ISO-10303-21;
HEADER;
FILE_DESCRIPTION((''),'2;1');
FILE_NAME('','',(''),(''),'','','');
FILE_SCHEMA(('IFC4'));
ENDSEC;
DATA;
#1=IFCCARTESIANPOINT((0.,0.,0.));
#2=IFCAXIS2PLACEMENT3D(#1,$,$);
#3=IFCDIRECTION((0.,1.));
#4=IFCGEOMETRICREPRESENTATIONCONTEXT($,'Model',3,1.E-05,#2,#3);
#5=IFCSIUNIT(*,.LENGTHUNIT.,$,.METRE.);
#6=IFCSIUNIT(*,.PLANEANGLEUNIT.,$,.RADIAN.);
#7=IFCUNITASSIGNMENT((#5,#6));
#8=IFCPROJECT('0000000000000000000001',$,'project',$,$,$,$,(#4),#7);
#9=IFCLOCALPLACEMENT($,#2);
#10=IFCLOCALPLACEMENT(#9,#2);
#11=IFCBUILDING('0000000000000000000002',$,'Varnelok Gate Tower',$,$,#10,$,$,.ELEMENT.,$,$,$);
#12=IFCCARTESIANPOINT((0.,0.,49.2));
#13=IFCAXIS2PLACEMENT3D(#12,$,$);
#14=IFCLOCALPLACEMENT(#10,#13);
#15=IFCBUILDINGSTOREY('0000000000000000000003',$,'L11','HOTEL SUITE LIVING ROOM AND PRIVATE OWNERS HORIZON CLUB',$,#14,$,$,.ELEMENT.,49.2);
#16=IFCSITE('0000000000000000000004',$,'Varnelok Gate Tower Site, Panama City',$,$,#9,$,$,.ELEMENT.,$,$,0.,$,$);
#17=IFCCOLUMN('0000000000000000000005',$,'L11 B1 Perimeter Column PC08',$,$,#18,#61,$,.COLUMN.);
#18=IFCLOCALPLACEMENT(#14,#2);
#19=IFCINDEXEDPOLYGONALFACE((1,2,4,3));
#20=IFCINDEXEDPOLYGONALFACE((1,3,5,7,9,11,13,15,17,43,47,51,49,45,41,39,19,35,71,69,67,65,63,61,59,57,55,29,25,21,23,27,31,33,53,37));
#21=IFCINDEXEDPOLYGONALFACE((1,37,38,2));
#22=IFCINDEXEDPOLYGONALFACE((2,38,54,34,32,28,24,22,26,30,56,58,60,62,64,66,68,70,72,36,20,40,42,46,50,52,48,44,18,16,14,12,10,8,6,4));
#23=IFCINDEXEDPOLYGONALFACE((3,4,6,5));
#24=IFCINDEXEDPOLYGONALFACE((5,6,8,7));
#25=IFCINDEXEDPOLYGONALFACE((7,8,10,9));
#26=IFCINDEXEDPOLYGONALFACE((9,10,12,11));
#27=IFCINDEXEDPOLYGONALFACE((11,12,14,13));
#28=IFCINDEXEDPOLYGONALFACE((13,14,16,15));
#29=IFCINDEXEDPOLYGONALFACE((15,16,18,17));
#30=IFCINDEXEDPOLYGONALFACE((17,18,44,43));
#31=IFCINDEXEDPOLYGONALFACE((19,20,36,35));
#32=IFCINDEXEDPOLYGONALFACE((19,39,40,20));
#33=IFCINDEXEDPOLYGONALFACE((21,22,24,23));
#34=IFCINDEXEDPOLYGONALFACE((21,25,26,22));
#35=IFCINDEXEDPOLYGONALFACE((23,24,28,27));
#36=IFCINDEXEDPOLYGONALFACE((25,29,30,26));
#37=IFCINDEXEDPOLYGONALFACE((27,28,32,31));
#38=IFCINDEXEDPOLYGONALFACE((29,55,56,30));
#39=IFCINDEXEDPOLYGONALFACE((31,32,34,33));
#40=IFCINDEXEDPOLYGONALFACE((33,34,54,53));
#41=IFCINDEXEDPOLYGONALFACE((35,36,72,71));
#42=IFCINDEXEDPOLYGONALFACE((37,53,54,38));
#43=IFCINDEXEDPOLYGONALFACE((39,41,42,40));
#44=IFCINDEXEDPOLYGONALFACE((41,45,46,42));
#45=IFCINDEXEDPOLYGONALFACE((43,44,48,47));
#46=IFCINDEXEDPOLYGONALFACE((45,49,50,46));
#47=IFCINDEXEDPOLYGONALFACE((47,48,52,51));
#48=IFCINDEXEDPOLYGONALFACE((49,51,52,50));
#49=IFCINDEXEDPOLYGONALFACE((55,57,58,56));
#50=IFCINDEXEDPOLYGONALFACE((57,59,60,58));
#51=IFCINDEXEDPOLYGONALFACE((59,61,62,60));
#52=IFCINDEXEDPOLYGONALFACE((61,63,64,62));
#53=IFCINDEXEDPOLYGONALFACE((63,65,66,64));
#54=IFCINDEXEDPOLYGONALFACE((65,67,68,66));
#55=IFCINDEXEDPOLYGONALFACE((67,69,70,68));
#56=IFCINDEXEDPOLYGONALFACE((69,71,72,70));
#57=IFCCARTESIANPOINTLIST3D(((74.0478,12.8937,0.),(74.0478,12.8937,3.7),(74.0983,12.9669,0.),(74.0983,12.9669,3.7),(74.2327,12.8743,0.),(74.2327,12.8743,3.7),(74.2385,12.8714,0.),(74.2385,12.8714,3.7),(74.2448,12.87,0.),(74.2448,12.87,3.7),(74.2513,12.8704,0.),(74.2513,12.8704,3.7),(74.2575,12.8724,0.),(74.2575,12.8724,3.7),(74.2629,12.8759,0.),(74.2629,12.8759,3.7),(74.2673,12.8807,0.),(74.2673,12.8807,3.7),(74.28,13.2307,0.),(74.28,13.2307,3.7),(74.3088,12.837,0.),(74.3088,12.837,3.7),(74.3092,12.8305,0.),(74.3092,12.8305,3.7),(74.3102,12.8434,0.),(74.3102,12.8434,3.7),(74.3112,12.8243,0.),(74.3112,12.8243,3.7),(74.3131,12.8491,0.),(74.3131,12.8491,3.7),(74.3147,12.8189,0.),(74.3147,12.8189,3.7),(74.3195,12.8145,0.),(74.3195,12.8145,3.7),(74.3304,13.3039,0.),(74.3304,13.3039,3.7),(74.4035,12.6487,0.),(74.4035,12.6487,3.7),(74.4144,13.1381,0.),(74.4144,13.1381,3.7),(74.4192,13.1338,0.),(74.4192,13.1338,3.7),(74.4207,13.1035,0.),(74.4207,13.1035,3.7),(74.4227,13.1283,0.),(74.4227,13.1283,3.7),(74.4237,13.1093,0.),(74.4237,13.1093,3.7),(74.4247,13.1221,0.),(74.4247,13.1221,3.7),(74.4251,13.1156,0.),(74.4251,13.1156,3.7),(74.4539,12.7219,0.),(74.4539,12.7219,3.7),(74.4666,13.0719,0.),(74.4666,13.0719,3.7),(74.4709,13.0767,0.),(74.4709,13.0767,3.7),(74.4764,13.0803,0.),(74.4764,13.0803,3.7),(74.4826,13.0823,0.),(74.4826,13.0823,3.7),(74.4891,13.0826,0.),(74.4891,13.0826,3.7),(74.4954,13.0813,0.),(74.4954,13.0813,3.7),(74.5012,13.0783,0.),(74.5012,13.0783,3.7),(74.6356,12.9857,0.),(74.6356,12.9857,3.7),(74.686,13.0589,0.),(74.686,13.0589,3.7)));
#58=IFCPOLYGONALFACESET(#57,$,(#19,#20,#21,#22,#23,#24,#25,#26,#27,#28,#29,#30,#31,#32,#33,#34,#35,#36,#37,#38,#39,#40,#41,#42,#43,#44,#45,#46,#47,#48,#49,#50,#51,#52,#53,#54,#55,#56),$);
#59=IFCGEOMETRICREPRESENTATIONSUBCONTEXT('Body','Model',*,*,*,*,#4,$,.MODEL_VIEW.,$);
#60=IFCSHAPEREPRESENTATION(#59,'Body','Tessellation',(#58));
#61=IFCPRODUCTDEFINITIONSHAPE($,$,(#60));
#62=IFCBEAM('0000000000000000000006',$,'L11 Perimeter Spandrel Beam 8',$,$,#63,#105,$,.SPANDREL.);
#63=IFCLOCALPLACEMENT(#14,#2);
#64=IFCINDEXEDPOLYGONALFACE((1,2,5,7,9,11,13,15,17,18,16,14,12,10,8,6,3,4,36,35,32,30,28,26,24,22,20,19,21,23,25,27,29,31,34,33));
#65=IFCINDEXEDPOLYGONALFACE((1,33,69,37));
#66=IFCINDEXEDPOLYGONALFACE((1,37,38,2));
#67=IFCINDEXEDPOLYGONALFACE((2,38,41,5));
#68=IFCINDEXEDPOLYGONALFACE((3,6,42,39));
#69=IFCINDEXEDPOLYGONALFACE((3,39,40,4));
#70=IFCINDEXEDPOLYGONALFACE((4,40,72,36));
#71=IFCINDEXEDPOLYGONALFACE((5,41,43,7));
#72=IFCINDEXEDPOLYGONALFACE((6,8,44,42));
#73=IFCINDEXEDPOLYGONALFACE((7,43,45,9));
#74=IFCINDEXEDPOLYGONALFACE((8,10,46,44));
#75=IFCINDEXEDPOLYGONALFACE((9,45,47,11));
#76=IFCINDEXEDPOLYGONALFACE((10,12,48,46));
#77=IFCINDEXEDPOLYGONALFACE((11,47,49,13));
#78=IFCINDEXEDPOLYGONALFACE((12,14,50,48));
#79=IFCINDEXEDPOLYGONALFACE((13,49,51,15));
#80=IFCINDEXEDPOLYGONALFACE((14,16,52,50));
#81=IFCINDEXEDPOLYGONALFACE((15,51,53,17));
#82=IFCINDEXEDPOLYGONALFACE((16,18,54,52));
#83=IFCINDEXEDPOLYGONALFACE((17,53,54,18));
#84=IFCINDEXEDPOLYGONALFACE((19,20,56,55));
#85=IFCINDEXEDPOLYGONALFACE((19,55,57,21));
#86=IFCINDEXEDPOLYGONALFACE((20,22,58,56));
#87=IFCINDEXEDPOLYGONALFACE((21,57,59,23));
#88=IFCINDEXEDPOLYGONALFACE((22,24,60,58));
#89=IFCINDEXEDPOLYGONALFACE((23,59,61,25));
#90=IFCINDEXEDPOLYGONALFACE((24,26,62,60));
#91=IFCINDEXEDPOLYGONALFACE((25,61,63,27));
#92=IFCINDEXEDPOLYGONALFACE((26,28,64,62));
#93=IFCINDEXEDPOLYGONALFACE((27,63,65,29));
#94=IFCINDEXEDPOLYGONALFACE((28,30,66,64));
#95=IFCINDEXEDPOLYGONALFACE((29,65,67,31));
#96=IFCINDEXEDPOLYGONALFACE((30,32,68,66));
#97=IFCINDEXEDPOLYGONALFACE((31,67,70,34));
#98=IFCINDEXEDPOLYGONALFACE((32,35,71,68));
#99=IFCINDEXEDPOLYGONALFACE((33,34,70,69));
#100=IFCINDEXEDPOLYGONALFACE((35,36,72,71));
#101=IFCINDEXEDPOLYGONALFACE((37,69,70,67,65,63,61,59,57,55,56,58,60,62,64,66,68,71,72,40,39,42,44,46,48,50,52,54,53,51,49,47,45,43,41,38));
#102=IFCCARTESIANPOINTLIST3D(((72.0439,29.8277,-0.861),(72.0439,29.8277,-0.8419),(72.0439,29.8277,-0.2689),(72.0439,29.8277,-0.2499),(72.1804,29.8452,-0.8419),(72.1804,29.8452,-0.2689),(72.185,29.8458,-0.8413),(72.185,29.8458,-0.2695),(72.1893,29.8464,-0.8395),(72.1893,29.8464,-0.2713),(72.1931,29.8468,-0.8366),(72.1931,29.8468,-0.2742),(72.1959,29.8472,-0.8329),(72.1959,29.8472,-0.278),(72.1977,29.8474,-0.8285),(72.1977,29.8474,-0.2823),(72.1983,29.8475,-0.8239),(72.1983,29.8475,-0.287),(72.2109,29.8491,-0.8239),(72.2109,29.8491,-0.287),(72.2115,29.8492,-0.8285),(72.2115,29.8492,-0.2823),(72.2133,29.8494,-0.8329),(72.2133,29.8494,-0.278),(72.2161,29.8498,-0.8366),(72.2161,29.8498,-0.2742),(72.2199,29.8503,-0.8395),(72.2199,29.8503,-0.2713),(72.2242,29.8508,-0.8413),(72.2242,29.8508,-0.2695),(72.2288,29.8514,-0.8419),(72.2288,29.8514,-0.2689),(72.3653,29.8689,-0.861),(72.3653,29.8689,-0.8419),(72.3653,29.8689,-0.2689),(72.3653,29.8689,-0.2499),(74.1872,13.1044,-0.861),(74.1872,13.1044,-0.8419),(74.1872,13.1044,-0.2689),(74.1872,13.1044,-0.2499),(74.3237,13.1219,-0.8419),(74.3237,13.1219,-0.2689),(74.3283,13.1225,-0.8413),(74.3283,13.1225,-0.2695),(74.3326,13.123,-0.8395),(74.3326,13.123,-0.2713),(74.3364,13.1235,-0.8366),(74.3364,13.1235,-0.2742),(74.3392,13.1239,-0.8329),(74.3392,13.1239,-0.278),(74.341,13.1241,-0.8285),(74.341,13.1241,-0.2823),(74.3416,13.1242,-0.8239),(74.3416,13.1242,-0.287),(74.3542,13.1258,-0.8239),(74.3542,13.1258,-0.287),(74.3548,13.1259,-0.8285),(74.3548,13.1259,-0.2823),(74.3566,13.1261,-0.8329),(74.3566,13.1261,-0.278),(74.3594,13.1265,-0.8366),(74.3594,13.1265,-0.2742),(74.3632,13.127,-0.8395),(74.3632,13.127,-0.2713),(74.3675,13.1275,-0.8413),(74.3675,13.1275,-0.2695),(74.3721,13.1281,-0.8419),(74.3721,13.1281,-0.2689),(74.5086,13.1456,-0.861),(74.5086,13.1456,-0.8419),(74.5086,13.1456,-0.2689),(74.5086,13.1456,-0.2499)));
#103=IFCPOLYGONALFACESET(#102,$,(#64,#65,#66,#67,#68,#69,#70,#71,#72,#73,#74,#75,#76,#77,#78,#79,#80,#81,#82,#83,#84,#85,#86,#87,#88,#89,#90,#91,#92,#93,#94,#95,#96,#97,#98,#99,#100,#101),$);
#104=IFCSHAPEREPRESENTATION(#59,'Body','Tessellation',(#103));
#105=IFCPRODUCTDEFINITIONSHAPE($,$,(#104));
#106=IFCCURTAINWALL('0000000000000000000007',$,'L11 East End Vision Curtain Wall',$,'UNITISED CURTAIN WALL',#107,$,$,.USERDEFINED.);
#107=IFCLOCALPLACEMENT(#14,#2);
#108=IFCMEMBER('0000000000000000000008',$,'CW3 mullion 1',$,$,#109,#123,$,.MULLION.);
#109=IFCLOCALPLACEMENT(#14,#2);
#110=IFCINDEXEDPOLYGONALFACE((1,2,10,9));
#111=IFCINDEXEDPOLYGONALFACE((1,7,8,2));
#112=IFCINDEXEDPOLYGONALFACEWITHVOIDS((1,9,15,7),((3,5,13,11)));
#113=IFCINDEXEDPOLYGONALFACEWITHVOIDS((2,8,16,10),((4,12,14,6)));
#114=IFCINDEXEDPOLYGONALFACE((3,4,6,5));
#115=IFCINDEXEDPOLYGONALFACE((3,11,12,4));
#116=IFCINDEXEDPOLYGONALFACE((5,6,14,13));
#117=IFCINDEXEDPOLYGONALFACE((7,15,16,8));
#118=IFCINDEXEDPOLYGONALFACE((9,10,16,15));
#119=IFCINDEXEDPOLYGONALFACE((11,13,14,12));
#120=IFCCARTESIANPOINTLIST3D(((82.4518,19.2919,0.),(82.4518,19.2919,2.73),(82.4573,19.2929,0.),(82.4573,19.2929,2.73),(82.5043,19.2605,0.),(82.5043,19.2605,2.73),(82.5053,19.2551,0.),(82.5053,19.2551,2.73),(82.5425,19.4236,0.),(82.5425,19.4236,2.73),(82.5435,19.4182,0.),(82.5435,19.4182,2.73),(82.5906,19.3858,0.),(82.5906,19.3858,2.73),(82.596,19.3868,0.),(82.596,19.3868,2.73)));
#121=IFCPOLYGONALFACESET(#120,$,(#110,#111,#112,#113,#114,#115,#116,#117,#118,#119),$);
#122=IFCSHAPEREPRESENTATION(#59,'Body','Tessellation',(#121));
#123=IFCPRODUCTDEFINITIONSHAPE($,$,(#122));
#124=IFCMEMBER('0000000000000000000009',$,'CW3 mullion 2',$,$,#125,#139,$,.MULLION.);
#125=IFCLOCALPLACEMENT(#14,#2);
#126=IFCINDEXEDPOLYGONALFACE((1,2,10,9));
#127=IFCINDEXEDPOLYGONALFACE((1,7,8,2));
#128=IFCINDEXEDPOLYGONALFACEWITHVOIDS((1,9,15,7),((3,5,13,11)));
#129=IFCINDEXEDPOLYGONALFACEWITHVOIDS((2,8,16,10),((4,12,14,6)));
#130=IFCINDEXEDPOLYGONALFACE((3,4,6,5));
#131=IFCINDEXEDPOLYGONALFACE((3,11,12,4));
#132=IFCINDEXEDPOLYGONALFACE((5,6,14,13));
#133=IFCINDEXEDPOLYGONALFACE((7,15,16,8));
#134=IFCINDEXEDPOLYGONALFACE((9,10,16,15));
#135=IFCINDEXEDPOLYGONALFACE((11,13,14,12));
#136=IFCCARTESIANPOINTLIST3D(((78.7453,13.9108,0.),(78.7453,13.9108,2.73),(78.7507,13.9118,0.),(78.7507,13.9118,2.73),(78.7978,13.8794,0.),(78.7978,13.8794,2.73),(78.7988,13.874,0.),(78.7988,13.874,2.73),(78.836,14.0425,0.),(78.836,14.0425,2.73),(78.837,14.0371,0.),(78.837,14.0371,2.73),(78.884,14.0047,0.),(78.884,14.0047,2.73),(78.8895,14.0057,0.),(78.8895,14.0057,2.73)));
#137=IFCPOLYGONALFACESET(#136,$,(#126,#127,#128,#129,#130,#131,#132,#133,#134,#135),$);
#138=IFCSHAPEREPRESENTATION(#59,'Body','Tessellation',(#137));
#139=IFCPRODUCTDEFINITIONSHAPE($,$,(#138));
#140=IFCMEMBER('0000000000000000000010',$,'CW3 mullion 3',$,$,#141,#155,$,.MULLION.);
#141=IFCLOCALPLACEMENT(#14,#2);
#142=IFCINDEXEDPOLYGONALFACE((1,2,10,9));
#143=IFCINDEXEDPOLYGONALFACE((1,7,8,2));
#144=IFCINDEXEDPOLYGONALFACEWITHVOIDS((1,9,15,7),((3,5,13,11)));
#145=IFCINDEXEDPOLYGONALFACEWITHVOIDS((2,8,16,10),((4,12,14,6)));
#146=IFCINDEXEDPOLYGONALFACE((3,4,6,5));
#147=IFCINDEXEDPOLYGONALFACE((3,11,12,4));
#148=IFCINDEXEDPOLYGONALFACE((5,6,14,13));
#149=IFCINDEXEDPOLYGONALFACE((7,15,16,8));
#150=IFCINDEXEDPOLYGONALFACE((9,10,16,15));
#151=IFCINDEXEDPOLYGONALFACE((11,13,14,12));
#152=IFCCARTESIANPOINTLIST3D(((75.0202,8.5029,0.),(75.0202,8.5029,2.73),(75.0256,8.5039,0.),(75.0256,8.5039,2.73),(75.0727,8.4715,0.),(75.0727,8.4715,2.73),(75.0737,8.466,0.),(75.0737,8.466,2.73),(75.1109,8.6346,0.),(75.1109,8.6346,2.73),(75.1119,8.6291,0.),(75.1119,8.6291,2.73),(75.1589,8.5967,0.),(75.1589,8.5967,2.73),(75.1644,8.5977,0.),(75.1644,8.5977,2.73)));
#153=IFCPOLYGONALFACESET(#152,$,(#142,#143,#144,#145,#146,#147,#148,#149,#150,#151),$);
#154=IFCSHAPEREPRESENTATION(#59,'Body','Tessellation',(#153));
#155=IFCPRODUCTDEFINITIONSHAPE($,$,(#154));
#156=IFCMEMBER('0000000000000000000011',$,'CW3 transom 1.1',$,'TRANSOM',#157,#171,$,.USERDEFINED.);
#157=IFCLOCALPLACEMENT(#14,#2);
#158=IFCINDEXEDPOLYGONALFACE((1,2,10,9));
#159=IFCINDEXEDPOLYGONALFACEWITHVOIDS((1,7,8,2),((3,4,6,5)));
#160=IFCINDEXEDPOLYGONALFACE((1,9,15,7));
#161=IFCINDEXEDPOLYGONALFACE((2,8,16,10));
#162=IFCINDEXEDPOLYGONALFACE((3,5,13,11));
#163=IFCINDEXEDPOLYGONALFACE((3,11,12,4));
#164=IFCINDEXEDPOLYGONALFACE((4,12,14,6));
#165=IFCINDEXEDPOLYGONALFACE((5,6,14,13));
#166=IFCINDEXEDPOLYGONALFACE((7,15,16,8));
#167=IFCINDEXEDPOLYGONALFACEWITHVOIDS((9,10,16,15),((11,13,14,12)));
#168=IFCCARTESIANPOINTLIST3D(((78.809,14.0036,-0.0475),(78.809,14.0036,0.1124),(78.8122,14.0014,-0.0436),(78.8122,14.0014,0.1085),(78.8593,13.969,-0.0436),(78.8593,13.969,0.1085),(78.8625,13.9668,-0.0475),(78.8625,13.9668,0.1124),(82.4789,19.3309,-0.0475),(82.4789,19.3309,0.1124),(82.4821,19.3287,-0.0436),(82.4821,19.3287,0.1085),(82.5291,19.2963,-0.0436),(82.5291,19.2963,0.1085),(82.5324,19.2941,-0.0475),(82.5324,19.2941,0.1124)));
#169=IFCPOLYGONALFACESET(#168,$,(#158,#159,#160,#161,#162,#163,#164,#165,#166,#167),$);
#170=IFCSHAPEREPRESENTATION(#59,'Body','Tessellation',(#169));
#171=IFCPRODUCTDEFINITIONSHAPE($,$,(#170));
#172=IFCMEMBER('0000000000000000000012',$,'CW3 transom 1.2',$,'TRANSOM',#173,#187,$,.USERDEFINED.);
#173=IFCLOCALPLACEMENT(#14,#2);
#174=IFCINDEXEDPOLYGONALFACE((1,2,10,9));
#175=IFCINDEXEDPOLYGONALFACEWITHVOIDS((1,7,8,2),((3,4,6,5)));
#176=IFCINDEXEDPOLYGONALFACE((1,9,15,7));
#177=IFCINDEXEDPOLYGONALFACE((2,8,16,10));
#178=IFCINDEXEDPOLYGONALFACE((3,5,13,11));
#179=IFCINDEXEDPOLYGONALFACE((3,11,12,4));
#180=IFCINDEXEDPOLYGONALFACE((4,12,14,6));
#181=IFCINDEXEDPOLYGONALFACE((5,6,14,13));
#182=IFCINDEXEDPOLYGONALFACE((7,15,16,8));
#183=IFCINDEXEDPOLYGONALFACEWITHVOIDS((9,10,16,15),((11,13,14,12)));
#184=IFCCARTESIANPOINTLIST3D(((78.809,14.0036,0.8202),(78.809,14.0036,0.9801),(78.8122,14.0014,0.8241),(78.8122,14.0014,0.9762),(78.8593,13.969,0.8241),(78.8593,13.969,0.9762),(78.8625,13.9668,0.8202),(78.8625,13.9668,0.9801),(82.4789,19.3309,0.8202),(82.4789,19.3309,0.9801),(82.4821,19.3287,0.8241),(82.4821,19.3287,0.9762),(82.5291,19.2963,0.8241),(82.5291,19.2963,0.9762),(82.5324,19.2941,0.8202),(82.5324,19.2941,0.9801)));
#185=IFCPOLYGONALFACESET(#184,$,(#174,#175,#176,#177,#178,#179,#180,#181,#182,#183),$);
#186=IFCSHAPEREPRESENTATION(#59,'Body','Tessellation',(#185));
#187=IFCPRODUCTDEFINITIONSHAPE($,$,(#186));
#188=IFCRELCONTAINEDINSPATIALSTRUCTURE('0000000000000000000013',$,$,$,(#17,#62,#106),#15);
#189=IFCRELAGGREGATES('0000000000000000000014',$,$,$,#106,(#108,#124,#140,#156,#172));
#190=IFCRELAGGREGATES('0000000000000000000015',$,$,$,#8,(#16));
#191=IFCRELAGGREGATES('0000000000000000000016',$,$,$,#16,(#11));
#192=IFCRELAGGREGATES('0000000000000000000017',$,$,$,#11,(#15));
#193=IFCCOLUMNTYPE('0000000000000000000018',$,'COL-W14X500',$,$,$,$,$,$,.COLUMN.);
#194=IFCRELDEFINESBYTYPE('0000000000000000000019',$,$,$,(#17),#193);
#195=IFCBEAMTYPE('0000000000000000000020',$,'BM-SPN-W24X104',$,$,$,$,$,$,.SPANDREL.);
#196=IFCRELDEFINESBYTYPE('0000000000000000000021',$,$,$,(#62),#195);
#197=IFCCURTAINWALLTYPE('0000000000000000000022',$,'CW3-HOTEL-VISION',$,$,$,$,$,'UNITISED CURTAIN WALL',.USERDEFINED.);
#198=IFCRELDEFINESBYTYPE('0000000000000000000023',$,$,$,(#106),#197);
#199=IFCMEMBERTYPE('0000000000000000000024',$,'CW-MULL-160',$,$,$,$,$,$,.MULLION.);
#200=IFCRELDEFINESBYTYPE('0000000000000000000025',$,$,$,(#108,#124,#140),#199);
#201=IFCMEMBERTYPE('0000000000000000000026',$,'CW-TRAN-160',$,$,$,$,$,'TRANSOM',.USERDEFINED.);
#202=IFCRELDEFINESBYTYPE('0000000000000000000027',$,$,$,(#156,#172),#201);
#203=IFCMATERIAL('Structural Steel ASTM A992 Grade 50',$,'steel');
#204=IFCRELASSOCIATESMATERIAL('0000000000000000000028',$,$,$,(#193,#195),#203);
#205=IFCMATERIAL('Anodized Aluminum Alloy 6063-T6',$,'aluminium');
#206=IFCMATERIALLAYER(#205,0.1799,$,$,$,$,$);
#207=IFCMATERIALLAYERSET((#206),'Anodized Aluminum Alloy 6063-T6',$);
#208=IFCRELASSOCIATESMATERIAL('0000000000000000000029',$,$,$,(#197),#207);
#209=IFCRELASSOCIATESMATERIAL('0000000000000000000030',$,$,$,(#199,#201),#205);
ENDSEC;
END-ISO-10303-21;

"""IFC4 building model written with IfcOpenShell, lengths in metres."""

from ifc_helpers import new_model, si_unit, direction, frame, origin, origin_2d, place, context, subcontext, project, spatial, hollow_rectangle, i_section, extrude, material, layer, layer_set, material_profile, profile_set, type_object, element, aggregate, save


model = new_model("IFC4")

# Units and contexts
model_context = context("Model", 3, precision=1e-05, world=origin(), true_north=direction((0.0, 1.0)))
body_context = subcontext(model_context, "Body", "Model", "MODEL_VIEW")
ifc_project = project(units=[si_unit("LENGTHUNIT", "METRE"), si_unit("PLANEANGLEUNIT", "RADIAN")], contexts=[model_context])

# Site, building, storey
site_placement = place(None, origin())
site = spatial("IfcSite", under=ifc_project, at=site_placement, Name="Varnelok Gate Tower Site, Panama City", CompositionType="ELEMENT", RefElevation=0.0)
building_placement = place(site_placement, origin())
building = spatial("IfcBuilding", under=site, at=building_placement, Name="Varnelok Gate Tower", CompositionType="ELEMENT")
storey_placement = place(building_placement, frame((0.0, 0.0, 49.2)))
storey = spatial("IfcBuildingStorey", under=building, at=storey_placement, Name="L11", Description="HOTEL SUITE LIVING ROOM AND PRIVATE OWNERS HORIZON CLUB", CompositionType="ELEMENT", Elevation=49.2)

# Column
ifc_material_1 = material(Name="Structural Steel ASTM A992 Grade 50", Category="steel")
ifc_material_profile_1 = material_profile(ifc_material_1, i_section(OverallWidth=0.4319, OverallDepth=0.498, WebThickness=0.0557, FlangeThickness=0.0889, FilletRadius=0.0249, at=origin_2d()), Name="W14X500")
ifc_profile_set_1 = profile_set([ifc_material_profile_1], Name="Structural Steel ASTM A992 Grade 50")
column_type = type_object("IfcColumnType", Name="COL-W14X500", PredefinedType="COLUMN", material=ifc_profile_set_1)
column_placement = place(storey_placement, frame((74.3669, 12.9763, 0.0), z_axis=(0.0, 0.0, 1.0), x_axis=(0.823533, -0.567269, 0.0)))
element("IfcColumn", 1, at=column_placement, inside=storey, type_object=column_type, Name="L11 B1 Perimeter Column PC08", PredefinedType="COLUMN", context=body_context, shape_type="SweptSolid", body=[
    extrude(i_section(OverallWidth=0.4319, OverallDepth=0.498, WebThickness=0.0557, FlangeThickness=0.0889, FilletRadius=0.0249, at=origin_2d()), origin(), (0.0, 0.0, 1.0), 3.7),
])

# Beam
ifc_material_profile_2 = material_profile(ifc_material_1, i_section(OverallWidth=0.324, OverallDepth=0.6111, WebThickness=0.0127, FlangeThickness=0.019, FilletRadius=0.0181, at=origin_2d()), Name="W24X104")
ifc_profile_set_2 = profile_set([ifc_material_profile_2], Name="Structural Steel ASTM A992 Grade 50")
beam_type = type_object("IfcBeamType", Name="BM-SPN-W24X104", PredefinedType="SPANDREL", material=ifc_profile_set_2)
beam_placement = place(storey_placement, frame((74.3479, 13.125, -0.5554), z_axis=(-0.127123, 0.991887, 0.0), x_axis=(-0.991887, -0.127123, 0.0)))
element("IfcBeam", 2, at=beam_placement, inside=storey, type_object=beam_type, Name="L11 Perimeter Spandrel Beam 8", PredefinedType="SPANDREL", context=body_context, shape_type="SweptSolid", body=[
    extrude(i_section(OverallWidth=0.324, OverallDepth=0.6111, WebThickness=0.0127, FlangeThickness=0.019, FilletRadius=0.0181, at=origin_2d()), origin(), (0.0, 0.0, 1.0), 16.8601),
])

# Curtain wall, members
ifc_material_2 = material(Name="Anodized Aluminum Alloy 6063-T6", Category="aluminium")
ifc_layer_1 = layer(ifc_material_2, 0.1799)
ifc_layer_set_1 = layer_set([ifc_layer_1], Name="Anodized Aluminum Alloy 6063-T6")
curtain_wall_type = type_object("IfcCurtainWallType", Name="CW3-HOTEL-VISION", ElementType="UNITISED CURTAIN WALL", PredefinedType="USERDEFINED", material=ifc_layer_set_1)
curtain_wall_placement = place(storey_placement, origin())
curtain_wall = element("IfcCurtainWall", 3, at=curtain_wall_placement, inside=storey, type_object=curtain_wall_type, Name="L11 East End Vision Curtain Wall", ObjectType="UNITISED CURTAIN WALL", PredefinedType="USERDEFINED")
ifc_material_profile_3 = material_profile(ifc_material_2, hollow_rectangle(XDim=0.0649, YDim=0.1599, WallThickness=0.0039, at=origin_2d()), Name="ALU160X65X4")
ifc_profile_set_3 = profile_set([ifc_material_profile_3], Name="Anodized Aluminum Alloy 6063-T6")
member_type_1 = type_object("IfcMemberType", Name="CW-MULL-160", PredefinedType="MULLION", material=ifc_profile_set_3)
member_1_placement = place(storey_placement, frame((82.5239, 19.3394, 0.0), z_axis=(0.0, 0.0, 1.0), x_axis=(0.823533, -0.567269, 0.0)))
member_1 = element("IfcMember", 4, at=member_1_placement, type_object=member_type_1, Name="CW3 mullion 1", PredefinedType="MULLION", context=body_context, shape_type="SweptSolid", body=[
    extrude(hollow_rectangle(XDim=0.0649, YDim=0.1599, WallThickness=0.0039, at=origin_2d()), origin(), (0.0, 0.0, 1.0), 2.73),
])
member_2_placement = place(storey_placement, frame((78.8174, 13.9583, 0.0), z_axis=(0.0, 0.0, 1.0), x_axis=(0.823533, -0.567269, 0.0)))
member_2 = element("IfcMember", 5, at=member_2_placement, type_object=member_type_1, Name="CW3 mullion 2", PredefinedType="MULLION", context=body_context, shape_type="SweptSolid", body=[
    extrude(hollow_rectangle(XDim=0.0649, YDim=0.1599, WallThickness=0.0039, at=origin_2d()), origin(), (0.0, 0.0, 1.0), 2.73),
])
member_3_placement = place(storey_placement, frame((75.0923, 8.5503, 0.0), z_axis=(0.0, 0.0, 1.0), x_axis=(0.823533, -0.567269, 0.0)))
member_3 = element("IfcMember", 6, at=member_3_placement, type_object=member_type_1, Name="CW3 mullion 3", PredefinedType="MULLION", context=body_context, shape_type="SweptSolid", body=[
    extrude(hollow_rectangle(XDim=0.0649, YDim=0.1599, WallThickness=0.0039, at=origin_2d()), origin(), (0.0, 0.0, 1.0), 2.73),
])
ifc_material_profile_4 = material_profile(ifc_material_2, hollow_rectangle(XDim=0.0649, YDim=0.1599, WallThickness=0.0039, at=origin_2d()), Name="ALU160X65X4")
ifc_profile_set_4 = profile_set([ifc_material_profile_4], Name="Anodized Aluminum Alloy 6063-T6")
member_type_2 = type_object("IfcMemberType", Name="CW-TRAN-160", ElementType="TRANSOM", PredefinedType="USERDEFINED", material=ifc_profile_set_4)
member_4_placement = place(storey_placement, frame((82.5056, 19.3125, 0.0325), z_axis=(-0.567299, -0.823512, 0.0), x_axis=(0.823512, -0.567299, 0.0)))
member_4 = element("IfcMember", 7, at=member_4_placement, type_object=member_type_2, Name="CW3 transom 1.1", ObjectType="TRANSOM", PredefinedType="USERDEFINED", context=body_context, shape_type="SweptSolid", body=[
    extrude(hollow_rectangle(XDim=0.0649, YDim=0.1599, WallThickness=0.0039, at=origin_2d()), origin(), (0.0, 0.0, 1.0), 6.469),
])
member_5_placement = place(storey_placement, frame((82.5056, 19.3125, 0.9001), z_axis=(-0.567299, -0.823512, 0.0), x_axis=(0.823512, -0.567299, 0.0)))
member_5 = element("IfcMember", 8, at=member_5_placement, type_object=member_type_2, Name="CW3 transom 1.2", ObjectType="TRANSOM", PredefinedType="USERDEFINED", context=body_context, shape_type="SweptSolid", body=[
    extrude(hollow_rectangle(XDim=0.0649, YDim=0.1599, WallThickness=0.0039, at=origin_2d()), origin(), (0.0, 0.0, 1.0), 6.469),
])
aggregate(curtain_wall, [member_1, member_2, member_3, member_4, member_5])

save(model, "model.ifc")
